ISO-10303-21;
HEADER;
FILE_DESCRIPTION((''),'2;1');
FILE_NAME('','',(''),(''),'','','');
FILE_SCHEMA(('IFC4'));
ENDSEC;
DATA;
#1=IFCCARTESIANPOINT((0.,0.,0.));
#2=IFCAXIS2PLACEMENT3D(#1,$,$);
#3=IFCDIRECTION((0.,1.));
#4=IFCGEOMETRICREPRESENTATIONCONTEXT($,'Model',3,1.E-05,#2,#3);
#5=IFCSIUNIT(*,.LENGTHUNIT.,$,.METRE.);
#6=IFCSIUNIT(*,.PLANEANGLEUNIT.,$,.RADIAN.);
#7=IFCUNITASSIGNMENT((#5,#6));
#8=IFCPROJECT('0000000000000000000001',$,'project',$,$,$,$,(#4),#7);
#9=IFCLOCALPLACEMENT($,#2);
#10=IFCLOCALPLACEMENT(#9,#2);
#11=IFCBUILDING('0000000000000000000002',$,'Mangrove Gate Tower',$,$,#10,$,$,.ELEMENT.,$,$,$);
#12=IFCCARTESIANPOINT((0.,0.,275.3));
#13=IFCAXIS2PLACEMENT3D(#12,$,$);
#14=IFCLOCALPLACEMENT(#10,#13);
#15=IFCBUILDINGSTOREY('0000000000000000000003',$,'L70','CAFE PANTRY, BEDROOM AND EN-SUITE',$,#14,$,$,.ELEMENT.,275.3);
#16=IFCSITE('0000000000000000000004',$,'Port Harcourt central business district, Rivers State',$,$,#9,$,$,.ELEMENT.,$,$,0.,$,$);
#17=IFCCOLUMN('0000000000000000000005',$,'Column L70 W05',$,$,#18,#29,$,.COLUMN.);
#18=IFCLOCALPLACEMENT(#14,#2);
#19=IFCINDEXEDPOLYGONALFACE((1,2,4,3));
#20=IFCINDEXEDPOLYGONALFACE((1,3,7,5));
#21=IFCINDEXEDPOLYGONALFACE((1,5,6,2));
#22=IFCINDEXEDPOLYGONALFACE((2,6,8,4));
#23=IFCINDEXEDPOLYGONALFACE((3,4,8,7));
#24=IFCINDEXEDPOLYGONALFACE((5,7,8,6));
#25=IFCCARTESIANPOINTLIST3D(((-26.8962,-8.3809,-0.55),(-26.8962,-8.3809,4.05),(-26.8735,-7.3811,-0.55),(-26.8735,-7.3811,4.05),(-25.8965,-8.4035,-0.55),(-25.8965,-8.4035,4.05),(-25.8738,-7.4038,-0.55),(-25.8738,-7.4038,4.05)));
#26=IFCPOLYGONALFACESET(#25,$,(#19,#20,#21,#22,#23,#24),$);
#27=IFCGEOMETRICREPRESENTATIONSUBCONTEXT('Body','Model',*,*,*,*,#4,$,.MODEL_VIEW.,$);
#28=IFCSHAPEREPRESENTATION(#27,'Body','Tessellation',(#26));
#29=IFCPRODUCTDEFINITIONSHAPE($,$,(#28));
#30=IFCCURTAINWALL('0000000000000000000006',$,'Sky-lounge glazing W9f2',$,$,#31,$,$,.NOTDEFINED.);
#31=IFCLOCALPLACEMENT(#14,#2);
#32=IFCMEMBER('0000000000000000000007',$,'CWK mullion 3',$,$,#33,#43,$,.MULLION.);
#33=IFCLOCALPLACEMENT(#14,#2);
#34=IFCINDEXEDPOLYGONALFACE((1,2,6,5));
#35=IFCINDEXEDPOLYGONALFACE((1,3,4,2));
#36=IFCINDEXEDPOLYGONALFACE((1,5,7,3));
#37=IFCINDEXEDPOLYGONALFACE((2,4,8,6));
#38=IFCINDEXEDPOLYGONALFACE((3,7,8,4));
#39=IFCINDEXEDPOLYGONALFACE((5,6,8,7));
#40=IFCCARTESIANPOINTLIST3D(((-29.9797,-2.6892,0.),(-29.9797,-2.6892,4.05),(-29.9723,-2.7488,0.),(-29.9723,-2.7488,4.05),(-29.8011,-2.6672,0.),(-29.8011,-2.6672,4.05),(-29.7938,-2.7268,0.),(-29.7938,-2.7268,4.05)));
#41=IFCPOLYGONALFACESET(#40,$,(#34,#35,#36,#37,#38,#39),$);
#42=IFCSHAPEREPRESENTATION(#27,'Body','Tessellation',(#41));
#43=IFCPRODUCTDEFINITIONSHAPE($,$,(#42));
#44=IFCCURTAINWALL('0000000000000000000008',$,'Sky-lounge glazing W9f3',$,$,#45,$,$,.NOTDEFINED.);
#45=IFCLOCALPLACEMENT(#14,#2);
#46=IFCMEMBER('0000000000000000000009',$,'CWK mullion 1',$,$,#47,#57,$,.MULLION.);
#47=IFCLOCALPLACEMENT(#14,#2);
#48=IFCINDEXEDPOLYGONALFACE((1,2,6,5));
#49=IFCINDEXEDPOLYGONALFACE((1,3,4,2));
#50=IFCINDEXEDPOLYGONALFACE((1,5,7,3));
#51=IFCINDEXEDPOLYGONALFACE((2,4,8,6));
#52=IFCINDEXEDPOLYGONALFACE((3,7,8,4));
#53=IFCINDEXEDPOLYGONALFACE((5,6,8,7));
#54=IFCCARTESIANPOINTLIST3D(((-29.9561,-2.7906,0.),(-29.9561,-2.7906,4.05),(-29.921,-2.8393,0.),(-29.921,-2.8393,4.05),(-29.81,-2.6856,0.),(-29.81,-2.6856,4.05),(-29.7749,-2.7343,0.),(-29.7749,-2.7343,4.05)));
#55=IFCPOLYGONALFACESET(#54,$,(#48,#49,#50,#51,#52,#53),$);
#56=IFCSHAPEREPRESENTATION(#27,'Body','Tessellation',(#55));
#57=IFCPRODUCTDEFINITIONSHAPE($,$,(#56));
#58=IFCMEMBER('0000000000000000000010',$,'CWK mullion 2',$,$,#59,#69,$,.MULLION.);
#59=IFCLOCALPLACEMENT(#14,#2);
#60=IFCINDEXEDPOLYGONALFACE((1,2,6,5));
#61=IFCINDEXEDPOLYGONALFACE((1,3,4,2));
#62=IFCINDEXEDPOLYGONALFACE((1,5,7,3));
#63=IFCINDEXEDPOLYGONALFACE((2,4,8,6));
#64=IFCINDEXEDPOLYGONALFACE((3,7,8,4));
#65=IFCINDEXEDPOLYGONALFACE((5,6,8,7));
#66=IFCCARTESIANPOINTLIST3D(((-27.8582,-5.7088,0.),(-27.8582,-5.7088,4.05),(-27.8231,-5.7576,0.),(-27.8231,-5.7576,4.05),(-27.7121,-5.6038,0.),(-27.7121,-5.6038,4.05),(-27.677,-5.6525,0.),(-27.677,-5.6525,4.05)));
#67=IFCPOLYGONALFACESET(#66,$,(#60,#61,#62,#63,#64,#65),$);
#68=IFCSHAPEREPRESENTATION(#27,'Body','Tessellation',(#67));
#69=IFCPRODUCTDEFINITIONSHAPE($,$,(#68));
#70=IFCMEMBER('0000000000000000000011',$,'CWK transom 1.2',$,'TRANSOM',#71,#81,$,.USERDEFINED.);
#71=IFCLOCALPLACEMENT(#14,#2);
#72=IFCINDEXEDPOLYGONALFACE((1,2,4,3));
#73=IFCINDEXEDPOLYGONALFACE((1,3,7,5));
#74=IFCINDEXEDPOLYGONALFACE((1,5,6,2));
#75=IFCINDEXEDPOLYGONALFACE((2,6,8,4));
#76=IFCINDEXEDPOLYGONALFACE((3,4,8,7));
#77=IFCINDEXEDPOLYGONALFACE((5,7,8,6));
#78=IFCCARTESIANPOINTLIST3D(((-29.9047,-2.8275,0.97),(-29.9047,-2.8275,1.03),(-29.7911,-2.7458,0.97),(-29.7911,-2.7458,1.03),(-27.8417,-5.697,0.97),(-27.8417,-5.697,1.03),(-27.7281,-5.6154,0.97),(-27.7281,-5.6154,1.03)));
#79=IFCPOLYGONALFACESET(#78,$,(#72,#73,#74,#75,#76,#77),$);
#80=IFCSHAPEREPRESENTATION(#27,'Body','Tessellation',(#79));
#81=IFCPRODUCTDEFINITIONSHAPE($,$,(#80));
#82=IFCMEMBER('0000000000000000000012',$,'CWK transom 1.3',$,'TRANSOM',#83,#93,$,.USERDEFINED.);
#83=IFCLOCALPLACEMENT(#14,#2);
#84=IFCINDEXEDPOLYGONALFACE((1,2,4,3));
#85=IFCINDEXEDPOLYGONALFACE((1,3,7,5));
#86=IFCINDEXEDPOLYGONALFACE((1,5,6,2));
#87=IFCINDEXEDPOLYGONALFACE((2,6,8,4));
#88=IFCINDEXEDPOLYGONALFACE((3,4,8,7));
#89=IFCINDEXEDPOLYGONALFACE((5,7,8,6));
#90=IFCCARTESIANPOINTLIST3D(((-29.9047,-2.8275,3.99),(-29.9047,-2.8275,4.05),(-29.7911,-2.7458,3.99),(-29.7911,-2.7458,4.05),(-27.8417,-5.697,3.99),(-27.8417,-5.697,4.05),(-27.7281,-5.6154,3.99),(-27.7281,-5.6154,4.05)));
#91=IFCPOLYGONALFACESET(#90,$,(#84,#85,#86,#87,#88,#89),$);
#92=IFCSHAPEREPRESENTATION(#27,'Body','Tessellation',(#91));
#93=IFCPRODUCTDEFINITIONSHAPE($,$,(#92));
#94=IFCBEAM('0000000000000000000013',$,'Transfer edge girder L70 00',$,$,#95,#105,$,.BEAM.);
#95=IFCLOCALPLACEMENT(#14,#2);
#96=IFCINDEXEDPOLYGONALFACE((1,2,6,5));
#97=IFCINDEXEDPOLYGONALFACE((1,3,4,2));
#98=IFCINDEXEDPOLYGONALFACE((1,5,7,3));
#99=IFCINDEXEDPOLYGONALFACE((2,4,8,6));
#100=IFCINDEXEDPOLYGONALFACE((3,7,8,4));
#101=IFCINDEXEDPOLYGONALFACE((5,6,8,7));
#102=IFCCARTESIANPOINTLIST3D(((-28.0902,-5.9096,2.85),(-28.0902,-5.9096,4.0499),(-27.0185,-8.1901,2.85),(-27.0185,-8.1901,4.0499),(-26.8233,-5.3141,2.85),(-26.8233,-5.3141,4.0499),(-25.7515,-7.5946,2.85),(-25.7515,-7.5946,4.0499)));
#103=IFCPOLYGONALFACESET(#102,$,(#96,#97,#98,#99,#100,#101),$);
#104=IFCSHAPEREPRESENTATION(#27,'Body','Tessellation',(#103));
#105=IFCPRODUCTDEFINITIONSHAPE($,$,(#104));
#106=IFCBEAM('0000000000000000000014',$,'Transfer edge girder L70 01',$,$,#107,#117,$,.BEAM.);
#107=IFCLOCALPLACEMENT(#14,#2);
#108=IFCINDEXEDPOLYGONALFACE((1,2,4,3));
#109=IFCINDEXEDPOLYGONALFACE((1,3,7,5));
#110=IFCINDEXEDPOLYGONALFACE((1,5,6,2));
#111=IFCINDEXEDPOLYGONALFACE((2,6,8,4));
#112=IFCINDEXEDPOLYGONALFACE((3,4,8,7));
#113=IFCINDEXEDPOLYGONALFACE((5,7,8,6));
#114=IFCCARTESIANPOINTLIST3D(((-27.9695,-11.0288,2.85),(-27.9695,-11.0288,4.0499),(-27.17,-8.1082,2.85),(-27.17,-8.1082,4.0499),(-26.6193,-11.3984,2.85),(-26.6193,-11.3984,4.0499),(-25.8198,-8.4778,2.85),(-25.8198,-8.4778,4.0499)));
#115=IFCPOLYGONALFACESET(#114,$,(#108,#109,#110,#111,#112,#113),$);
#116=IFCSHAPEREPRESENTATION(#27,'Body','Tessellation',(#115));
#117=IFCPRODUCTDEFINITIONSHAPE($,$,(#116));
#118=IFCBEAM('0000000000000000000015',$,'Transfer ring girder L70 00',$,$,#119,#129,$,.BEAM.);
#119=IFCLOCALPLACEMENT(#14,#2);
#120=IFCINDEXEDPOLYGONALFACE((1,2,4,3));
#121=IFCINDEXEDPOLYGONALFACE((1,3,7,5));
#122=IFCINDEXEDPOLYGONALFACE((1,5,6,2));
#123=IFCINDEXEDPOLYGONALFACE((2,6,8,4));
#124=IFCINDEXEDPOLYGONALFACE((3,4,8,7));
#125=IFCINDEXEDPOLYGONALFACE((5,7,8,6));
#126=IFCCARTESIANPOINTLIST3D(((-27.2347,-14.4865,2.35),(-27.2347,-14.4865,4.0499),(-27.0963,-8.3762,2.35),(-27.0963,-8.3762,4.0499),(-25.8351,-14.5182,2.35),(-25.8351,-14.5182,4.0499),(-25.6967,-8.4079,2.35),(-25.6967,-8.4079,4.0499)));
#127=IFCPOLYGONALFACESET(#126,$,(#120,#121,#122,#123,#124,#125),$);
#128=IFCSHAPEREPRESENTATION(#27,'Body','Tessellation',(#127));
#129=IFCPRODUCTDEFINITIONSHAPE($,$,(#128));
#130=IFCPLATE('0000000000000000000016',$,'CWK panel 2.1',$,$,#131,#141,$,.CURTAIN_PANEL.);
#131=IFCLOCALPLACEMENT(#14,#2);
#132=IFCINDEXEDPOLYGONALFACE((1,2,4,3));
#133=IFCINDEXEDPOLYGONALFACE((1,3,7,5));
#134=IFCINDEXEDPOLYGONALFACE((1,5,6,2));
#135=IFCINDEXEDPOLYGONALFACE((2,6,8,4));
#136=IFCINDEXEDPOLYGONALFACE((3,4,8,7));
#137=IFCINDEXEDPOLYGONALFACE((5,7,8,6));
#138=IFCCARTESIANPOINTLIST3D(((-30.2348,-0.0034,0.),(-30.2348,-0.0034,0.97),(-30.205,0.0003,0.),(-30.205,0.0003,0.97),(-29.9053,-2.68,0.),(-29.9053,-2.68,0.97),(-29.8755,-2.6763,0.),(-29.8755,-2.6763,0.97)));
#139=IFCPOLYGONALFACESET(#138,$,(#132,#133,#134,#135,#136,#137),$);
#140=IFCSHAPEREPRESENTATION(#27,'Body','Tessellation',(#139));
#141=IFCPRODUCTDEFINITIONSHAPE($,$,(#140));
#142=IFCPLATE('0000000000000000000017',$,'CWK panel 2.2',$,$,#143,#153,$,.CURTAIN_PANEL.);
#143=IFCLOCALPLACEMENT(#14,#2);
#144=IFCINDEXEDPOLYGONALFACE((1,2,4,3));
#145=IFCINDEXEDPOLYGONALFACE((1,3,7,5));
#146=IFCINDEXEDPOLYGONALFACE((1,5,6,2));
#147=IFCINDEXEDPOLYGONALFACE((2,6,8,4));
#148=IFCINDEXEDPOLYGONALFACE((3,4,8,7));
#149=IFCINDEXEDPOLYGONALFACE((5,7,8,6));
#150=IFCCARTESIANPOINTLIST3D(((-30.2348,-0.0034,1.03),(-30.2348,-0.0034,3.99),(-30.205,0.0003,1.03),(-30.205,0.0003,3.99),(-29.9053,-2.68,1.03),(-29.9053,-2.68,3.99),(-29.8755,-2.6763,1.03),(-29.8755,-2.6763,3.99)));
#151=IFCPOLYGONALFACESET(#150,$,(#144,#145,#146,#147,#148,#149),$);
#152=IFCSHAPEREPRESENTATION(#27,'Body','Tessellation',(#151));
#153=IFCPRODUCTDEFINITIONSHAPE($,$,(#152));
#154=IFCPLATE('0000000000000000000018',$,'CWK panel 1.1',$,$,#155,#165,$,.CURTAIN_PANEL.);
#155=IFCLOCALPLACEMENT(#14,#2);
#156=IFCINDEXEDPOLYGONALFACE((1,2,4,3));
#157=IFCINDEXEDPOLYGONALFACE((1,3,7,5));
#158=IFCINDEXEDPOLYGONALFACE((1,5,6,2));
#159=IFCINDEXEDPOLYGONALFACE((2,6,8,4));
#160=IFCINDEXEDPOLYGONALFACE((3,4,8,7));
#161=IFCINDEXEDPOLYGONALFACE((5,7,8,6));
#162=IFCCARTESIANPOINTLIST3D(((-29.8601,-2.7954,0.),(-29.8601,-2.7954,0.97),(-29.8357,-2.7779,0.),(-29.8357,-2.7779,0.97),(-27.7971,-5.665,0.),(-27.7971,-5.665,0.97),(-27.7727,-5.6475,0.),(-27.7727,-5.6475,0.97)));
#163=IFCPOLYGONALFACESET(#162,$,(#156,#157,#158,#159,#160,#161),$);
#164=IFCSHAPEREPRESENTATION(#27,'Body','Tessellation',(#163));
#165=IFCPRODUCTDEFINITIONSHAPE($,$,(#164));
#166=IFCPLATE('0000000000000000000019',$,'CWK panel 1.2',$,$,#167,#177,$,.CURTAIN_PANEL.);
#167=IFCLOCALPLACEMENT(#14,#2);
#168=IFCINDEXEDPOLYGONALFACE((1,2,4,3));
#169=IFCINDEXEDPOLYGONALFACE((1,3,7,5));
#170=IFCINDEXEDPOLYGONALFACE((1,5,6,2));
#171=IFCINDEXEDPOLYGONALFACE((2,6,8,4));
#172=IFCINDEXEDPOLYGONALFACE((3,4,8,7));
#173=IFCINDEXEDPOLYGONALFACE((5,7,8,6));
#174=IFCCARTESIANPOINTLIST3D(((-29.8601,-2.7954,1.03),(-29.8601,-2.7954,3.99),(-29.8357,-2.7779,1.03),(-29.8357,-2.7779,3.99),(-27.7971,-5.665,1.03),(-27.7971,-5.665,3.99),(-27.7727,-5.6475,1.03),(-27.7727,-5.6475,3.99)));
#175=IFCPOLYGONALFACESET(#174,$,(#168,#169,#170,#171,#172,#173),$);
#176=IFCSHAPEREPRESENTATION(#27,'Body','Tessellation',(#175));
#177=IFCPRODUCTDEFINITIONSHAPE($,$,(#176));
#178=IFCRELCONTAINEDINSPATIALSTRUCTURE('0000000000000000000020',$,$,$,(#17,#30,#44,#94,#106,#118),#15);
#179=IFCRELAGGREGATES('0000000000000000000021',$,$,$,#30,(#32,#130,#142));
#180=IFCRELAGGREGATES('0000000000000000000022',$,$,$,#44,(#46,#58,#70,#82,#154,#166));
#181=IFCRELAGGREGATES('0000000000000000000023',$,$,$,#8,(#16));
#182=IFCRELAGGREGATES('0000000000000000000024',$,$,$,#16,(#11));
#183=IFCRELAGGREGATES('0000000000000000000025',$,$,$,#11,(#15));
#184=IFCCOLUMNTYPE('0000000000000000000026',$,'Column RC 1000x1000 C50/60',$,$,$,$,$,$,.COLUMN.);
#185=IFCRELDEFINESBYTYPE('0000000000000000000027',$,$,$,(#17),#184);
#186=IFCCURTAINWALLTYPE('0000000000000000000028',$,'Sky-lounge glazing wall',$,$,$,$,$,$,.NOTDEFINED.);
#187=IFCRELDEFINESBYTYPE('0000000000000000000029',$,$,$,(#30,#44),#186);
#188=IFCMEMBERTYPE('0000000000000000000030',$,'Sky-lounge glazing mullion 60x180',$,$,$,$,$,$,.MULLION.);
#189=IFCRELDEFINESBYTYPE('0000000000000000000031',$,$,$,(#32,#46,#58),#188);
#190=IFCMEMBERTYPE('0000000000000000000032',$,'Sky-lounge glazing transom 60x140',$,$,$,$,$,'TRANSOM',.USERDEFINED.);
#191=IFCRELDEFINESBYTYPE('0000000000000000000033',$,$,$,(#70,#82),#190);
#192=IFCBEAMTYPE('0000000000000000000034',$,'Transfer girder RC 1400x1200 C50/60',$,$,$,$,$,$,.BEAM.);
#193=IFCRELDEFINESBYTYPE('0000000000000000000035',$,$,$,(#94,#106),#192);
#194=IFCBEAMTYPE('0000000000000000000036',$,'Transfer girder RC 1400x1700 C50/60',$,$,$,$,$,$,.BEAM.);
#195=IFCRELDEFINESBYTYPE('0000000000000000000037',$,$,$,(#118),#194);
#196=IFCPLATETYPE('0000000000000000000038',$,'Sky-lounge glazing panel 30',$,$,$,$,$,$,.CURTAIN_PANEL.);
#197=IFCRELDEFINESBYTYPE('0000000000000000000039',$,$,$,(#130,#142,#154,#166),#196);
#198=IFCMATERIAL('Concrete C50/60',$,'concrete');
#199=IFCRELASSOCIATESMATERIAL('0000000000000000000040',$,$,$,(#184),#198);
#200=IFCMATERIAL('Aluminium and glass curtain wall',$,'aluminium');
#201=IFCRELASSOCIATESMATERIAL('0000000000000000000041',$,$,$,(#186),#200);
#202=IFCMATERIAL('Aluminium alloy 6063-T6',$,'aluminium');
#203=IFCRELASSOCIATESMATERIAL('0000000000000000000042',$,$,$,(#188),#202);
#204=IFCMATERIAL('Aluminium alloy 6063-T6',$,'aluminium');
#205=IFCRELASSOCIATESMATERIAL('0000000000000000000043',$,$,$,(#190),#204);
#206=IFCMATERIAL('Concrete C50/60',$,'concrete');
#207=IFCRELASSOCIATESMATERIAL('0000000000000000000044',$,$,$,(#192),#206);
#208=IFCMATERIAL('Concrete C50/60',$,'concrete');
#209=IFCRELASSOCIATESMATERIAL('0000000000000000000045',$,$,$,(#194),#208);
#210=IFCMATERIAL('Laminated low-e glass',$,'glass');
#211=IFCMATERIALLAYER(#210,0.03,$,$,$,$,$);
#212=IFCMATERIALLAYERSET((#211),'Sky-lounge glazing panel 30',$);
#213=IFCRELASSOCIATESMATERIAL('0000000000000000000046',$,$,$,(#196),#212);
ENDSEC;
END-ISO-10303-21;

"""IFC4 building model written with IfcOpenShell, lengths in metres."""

from ifc_helpers import new_model, si_unit, direction, frame, origin, origin_2d, place, context, subcontext, project, spatial, rectangle, extrude, material, layer, layer_set, material_profile, profile_set, type_object, element, aggregate, save


model = new_model("IFC4")

# Units and contexts
model_context = context("Model", 3, precision=1e-05, world=origin(), true_north=direction((0.0, 1.0)))
body_context = subcontext(model_context, "Body", "Model", "MODEL_VIEW")
ifc_project = project(units=[si_unit("LENGTHUNIT", "METRE"), si_unit("PLANEANGLEUNIT", "RADIAN")], contexts=[model_context])

# Site, building, storey
site_placement = place(None, origin())
site = spatial("IfcSite", under=ifc_project, at=site_placement, Name="Port Harcourt central business district, Rivers State", CompositionType="ELEMENT", RefElevation=0.0)
building_placement = place(site_placement, origin())
building = spatial("IfcBuilding", under=site, at=building_placement, Name="Mangrove Gate Tower", CompositionType="ELEMENT")
storey_placement = place(building_placement, frame((0.0, 0.0, 275.3)))
storey = spatial("IfcBuildingStorey", under=building, at=storey_placement, Name="L70", Description="CAFE PANTRY, BEDROOM AND EN-SUITE", CompositionType="ELEMENT", Elevation=275.3)

# Column
ifc_material_1 = material(Name="Concrete C50/60", Category="concrete")
ifc_material_profile_1 = material_profile(ifc_material_1, rectangle(XDim=1.0, YDim=1.0, at=origin_2d()))
ifc_profile_set_1 = profile_set([ifc_material_profile_1], Name="Concrete C50/60")
column_type = type_object("IfcColumnType", Name="Column RC 1000x1000 C50/60", PredefinedType="COLUMN", material=ifc_profile_set_1)
column_placement = place(storey_placement, frame((-26.385, -7.8923, -0.55), z_axis=(0.0, 0.0, 1.0), x_axis=(-0.022672, -0.999743, 0.0)))
element("IfcColumn", 1, at=column_placement, inside=storey, type_object=column_type, Name="Column L70 W05", PredefinedType="COLUMN", context=body_context, shape_type="SweptSolid", body=[
    extrude(rectangle(XDim=1.0, YDim=1.0, at=origin_2d()), origin(), (0.0, 0.0, 1.0), 4.6001),
])

# Curtain wall, member
ifc_material_2 = material(Name="Aluminium and glass curtain wall", Category="aluminium")
curtain_wall_type = type_object("IfcCurtainWallType", Name="Sky-lounge glazing wall", PredefinedType="NOTDEFINED", material=ifc_material_2)
curtain_wall_1_placement = place(storey_placement, origin())
curtain_wall_1 = element("IfcCurtainWall", 2, at=curtain_wall_1_placement, inside=storey, type_object=curtain_wall_type, Name="Sky-lounge glazing W9f2", PredefinedType="NOTDEFINED")
ifc_material_3 = material(Name="Aluminium alloy 6063-T6", Category="aluminium")
ifc_material_profile_2 = material_profile(ifc_material_3, rectangle(XDim=0.0601, YDim=0.1799, at=origin_2d()))
ifc_profile_set_2 = profile_set([ifc_material_profile_2], Name="Aluminium alloy 6063-T6")
member_type_1 = type_object("IfcMemberType", Name="Sky-lounge glazing mullion 60x180", PredefinedType="MULLION", material=ifc_profile_set_2)
member_1_placement = place(storey_placement, frame((-29.8867, -2.708, 0.0), z_axis=(0.0, 0.0, 1.0), x_axis=(0.122172, -0.992509, 0.0)))
member_1 = element("IfcMember", 3, at=member_1_placement, type_object=member_type_1, Name="CWK mullion 3", PredefinedType="MULLION", context=body_context, shape_type="SweptSolid", body=[
    extrude(rectangle(XDim=0.0601, YDim=0.1799, at=origin_2d()), origin(), (0.0, 0.0, 1.0), 4.05),
])

# Curtain wall, members
curtain_wall_2_placement = place(storey_placement, origin())
curtain_wall_2 = element("IfcCurtainWall", 4, at=curtain_wall_2_placement, inside=storey, type_object=curtain_wall_type, Name="Sky-lounge glazing W9f3", PredefinedType="NOTDEFINED")
member_2_placement = place(storey_placement, frame((-29.8655, -2.7625, 0.0), z_axis=(0.0, 0.0, 1.0), x_axis=(0.583721, -0.811955, 0.0)))
member_2 = element("IfcMember", 5, at=member_2_placement, type_object=member_type_1, Name="CWK mullion 1", PredefinedType="MULLION", context=body_context, shape_type="SweptSolid", body=[
    extrude(rectangle(XDim=0.0601, YDim=0.1799, at=origin_2d()), origin(), (0.0, 0.0, 1.0), 4.05),
])
member_3_placement = place(storey_placement, frame((-27.7676, -5.6807, 0.0), z_axis=(0.0, 0.0, 1.0), x_axis=(0.583721, -0.811955, 0.0)))
member_3 = element("IfcMember", 6, at=member_3_placement, type_object=member_type_1, Name="CWK mullion 2", PredefinedType="MULLION", context=body_context, shape_type="SweptSolid", body=[
    extrude(rectangle(XDim=0.0601, YDim=0.1799, at=origin_2d()), origin(), (0.0, 0.0, 1.0), 4.05),
])
ifc_material_4 = material(Name="Aluminium alloy 6063-T6", Category="aluminium")
ifc_material_profile_3 = material_profile(ifc_material_4, rectangle(XDim=0.0601, YDim=0.1399, at=origin_2d()))
ifc_profile_set_3 = profile_set([ifc_material_profile_3], Name="Aluminium alloy 6063-T6")
member_type_2 = type_object("IfcMemberType", Name="Sky-lounge glazing transom 60x140", ElementType="TRANSOM", PredefinedType="USERDEFINED", material=ifc_profile_set_3)
member_4_placement = place(storey_placement, frame((-29.8479, -2.7866, 1.0), z_axis=(0.583719, -0.811956, 0.0), x_axis=(0.0, 0.0, 1.0)))
member_4 = element("IfcMember", 7, at=member_4_placement, type_object=member_type_2, Name="CWK transom 1.2", ObjectType="TRANSOM", PredefinedType="USERDEFINED", context=body_context, shape_type="SweptSolid", body=[
    extrude(rectangle(XDim=0.0601, YDim=0.1399, at=origin_2d()), origin(), (0.0, 0.0, 1.0), 3.5342),
])
member_5_placement = place(storey_placement, frame((-29.8479, -2.7866, 4.02), z_axis=(0.583719, -0.811956, 0.0), x_axis=(0.0, 0.0, 1.0)))
member_5 = element("IfcMember", 8, at=member_5_placement, type_object=member_type_2, Name="CWK transom 1.3", ObjectType="TRANSOM", PredefinedType="USERDEFINED", context=body_context, shape_type="SweptSolid", body=[
    extrude(rectangle(XDim=0.0601, YDim=0.1399, at=origin_2d()), origin(), (0.0, 0.0, 1.0), 3.5342),
])

# Beams
ifc_material_5 = material(Name="Concrete C50/60", Category="concrete")
ifc_material_profile_4 = material_profile(ifc_material_5, rectangle(XDim=1.3999, YDim=1.2, at=origin_2d()))
ifc_profile_set_4 = profile_set([ifc_material_profile_4], Name="Concrete C50/60")
beam_type_1 = type_object("IfcBeamType", Name="Transfer girder RC 1400x1200 C50/60", PredefinedType="BEAM", material=ifc_profile_set_4)
beam_1_placement = place(storey_placement, frame((-26.385, -7.8923, 3.45), z_axis=(-0.42534, 0.905034, 0.0), x_axis=(-0.905034, -0.42534, 0.0)))
element("IfcBeam", 9, at=beam_1_placement, inside=storey, type_object=beam_type_1, Name="Transfer edge girder L70 00", PredefinedType="BEAM", context=body_context, shape_type="SweptSolid", body=[
    extrude(rectangle(XDim=1.3999, YDim=1.2, at=origin_2d()), origin(), (0.0, 0.0, 1.0), 2.5198),
])
beam_2_placement = place(storey_placement, frame((-26.4949, -8.293, 3.45), z_axis=(-0.264045, -0.96451, 0.0), x_axis=(0.96451, -0.264045, 0.0)))
element("IfcBeam", 10, at=beam_2_placement, inside=storey, type_object=beam_type_1, Name="Transfer edge girder L70 01", PredefinedType="BEAM", context=body_context, shape_type="SweptSolid", body=[
    extrude(rectangle(XDim=1.3999, YDim=1.2, at=origin_2d()), origin(), (0.0, 0.0, 1.0), 3.0281),
])
ifc_material_6 = material(Name="Concrete C50/60", Category="concrete")
ifc_material_profile_5 = material_profile(ifc_material_6, rectangle(XDim=1.3999, YDim=1.7, at=origin_2d()))
ifc_profile_set_5 = profile_set([ifc_material_profile_5], Name="Concrete C50/60")
beam_type_2 = type_object("IfcBeamType", Name="Transfer girder RC 1400x1700 C50/60", PredefinedType="BEAM", material=ifc_profile_set_5)
beam_3_placement = place(storey_placement, frame((-26.3965, -8.3921, 3.2), z_axis=(-0.022649, -0.999743, 0.0), x_axis=(0.999743, -0.022649, 0.0)))
element("IfcBeam", 11, at=beam_3_placement, inside=storey, type_object=beam_type_2, Name="Transfer ring girder L70 00", PredefinedType="BEAM", context=body_context, shape_type="SweptSolid", body=[
    extrude(rectangle(XDim=1.3999, YDim=1.7, at=origin_2d()), origin(), (0.0, 0.0, 1.0), 6.1118),
])

# Plates
ifc_material_7 = material(Name="Laminated low-e glass", Category="glass")
ifc_layer_1 = layer(ifc_material_7, 0.03)
ifc_layer_set_1 = layer_set([ifc_layer_1], Name="Sky-lounge glazing panel 30")
plate_type = type_object("IfcPlateType", Name="Sky-lounge glazing panel 30", PredefinedType="CURTAIN_PANEL", material=ifc_layer_set_1)
plate_1_placement = place(storey_placement, frame((-30.0552, -1.3398, 0.0), z_axis=(0.0, 0.0, 1.0), x_axis=(0.122172, -0.992509, 0.0)))
plate_1 = element("IfcPlate", 12, at=plate_1_placement, type_object=plate_type, Name="CWK panel 2.1", PredefinedType="CURTAIN_PANEL", context=body_context, shape_type="SweptSolid", body=[
    extrude(rectangle(XDim=2.6968, YDim=0.03, at=origin_2d()), origin(), (0.0, 0.0, 1.0), 0.97),
])
plate_2_placement = place(storey_placement, frame((-30.0552, -1.3398, 1.03), z_axis=(0.0, 0.0, 1.0), x_axis=(0.122172, -0.992509, 0.0)))
plate_2 = element("IfcPlate", 13, at=plate_2_placement, type_object=plate_type, Name="CWK panel 2.2", PredefinedType="CURTAIN_PANEL", context=body_context, shape_type="SweptSolid", body=[
    extrude(rectangle(XDim=2.6968, YDim=0.03, at=origin_2d()), origin(), (0.0, 0.0, 1.0), 2.96),
])
aggregate(curtain_wall_1, [member_1, plate_1, plate_2])
plate_3_placement = place(storey_placement, frame((-28.8164, -4.2214, 0.0), z_axis=(0.0, 0.0, 1.0), x_axis=(0.583721, -0.811955, 0.0)))
plate_3 = element("IfcPlate", 14, at=plate_3_placement, type_object=plate_type, Name="CWK panel 1.1", PredefinedType="CURTAIN_PANEL", context=body_context, shape_type="SweptSolid", body=[
    extrude(rectangle(XDim=3.5342, YDim=0.03, at=origin_2d()), origin(), (0.0, 0.0, 1.0), 0.97),
])
plate_4_placement = place(storey_placement, frame((-28.8164, -4.2214, 1.03), z_axis=(0.0, 0.0, 1.0), x_axis=(0.583721, -0.811955, 0.0)))
plate_4 = element("IfcPlate", 15, at=plate_4_placement, type_object=plate_type, Name="CWK panel 1.2", PredefinedType="CURTAIN_PANEL", context=body_context, shape_type="SweptSolid", body=[
    extrude(rectangle(XDim=3.5342, YDim=0.03, at=origin_2d()), origin(), (0.0, 0.0, 1.0), 2.96),
])
aggregate(curtain_wall_2, [member_2, member_3, member_4, member_5, plate_3, plate_4])

save(model, "model.ifc")
